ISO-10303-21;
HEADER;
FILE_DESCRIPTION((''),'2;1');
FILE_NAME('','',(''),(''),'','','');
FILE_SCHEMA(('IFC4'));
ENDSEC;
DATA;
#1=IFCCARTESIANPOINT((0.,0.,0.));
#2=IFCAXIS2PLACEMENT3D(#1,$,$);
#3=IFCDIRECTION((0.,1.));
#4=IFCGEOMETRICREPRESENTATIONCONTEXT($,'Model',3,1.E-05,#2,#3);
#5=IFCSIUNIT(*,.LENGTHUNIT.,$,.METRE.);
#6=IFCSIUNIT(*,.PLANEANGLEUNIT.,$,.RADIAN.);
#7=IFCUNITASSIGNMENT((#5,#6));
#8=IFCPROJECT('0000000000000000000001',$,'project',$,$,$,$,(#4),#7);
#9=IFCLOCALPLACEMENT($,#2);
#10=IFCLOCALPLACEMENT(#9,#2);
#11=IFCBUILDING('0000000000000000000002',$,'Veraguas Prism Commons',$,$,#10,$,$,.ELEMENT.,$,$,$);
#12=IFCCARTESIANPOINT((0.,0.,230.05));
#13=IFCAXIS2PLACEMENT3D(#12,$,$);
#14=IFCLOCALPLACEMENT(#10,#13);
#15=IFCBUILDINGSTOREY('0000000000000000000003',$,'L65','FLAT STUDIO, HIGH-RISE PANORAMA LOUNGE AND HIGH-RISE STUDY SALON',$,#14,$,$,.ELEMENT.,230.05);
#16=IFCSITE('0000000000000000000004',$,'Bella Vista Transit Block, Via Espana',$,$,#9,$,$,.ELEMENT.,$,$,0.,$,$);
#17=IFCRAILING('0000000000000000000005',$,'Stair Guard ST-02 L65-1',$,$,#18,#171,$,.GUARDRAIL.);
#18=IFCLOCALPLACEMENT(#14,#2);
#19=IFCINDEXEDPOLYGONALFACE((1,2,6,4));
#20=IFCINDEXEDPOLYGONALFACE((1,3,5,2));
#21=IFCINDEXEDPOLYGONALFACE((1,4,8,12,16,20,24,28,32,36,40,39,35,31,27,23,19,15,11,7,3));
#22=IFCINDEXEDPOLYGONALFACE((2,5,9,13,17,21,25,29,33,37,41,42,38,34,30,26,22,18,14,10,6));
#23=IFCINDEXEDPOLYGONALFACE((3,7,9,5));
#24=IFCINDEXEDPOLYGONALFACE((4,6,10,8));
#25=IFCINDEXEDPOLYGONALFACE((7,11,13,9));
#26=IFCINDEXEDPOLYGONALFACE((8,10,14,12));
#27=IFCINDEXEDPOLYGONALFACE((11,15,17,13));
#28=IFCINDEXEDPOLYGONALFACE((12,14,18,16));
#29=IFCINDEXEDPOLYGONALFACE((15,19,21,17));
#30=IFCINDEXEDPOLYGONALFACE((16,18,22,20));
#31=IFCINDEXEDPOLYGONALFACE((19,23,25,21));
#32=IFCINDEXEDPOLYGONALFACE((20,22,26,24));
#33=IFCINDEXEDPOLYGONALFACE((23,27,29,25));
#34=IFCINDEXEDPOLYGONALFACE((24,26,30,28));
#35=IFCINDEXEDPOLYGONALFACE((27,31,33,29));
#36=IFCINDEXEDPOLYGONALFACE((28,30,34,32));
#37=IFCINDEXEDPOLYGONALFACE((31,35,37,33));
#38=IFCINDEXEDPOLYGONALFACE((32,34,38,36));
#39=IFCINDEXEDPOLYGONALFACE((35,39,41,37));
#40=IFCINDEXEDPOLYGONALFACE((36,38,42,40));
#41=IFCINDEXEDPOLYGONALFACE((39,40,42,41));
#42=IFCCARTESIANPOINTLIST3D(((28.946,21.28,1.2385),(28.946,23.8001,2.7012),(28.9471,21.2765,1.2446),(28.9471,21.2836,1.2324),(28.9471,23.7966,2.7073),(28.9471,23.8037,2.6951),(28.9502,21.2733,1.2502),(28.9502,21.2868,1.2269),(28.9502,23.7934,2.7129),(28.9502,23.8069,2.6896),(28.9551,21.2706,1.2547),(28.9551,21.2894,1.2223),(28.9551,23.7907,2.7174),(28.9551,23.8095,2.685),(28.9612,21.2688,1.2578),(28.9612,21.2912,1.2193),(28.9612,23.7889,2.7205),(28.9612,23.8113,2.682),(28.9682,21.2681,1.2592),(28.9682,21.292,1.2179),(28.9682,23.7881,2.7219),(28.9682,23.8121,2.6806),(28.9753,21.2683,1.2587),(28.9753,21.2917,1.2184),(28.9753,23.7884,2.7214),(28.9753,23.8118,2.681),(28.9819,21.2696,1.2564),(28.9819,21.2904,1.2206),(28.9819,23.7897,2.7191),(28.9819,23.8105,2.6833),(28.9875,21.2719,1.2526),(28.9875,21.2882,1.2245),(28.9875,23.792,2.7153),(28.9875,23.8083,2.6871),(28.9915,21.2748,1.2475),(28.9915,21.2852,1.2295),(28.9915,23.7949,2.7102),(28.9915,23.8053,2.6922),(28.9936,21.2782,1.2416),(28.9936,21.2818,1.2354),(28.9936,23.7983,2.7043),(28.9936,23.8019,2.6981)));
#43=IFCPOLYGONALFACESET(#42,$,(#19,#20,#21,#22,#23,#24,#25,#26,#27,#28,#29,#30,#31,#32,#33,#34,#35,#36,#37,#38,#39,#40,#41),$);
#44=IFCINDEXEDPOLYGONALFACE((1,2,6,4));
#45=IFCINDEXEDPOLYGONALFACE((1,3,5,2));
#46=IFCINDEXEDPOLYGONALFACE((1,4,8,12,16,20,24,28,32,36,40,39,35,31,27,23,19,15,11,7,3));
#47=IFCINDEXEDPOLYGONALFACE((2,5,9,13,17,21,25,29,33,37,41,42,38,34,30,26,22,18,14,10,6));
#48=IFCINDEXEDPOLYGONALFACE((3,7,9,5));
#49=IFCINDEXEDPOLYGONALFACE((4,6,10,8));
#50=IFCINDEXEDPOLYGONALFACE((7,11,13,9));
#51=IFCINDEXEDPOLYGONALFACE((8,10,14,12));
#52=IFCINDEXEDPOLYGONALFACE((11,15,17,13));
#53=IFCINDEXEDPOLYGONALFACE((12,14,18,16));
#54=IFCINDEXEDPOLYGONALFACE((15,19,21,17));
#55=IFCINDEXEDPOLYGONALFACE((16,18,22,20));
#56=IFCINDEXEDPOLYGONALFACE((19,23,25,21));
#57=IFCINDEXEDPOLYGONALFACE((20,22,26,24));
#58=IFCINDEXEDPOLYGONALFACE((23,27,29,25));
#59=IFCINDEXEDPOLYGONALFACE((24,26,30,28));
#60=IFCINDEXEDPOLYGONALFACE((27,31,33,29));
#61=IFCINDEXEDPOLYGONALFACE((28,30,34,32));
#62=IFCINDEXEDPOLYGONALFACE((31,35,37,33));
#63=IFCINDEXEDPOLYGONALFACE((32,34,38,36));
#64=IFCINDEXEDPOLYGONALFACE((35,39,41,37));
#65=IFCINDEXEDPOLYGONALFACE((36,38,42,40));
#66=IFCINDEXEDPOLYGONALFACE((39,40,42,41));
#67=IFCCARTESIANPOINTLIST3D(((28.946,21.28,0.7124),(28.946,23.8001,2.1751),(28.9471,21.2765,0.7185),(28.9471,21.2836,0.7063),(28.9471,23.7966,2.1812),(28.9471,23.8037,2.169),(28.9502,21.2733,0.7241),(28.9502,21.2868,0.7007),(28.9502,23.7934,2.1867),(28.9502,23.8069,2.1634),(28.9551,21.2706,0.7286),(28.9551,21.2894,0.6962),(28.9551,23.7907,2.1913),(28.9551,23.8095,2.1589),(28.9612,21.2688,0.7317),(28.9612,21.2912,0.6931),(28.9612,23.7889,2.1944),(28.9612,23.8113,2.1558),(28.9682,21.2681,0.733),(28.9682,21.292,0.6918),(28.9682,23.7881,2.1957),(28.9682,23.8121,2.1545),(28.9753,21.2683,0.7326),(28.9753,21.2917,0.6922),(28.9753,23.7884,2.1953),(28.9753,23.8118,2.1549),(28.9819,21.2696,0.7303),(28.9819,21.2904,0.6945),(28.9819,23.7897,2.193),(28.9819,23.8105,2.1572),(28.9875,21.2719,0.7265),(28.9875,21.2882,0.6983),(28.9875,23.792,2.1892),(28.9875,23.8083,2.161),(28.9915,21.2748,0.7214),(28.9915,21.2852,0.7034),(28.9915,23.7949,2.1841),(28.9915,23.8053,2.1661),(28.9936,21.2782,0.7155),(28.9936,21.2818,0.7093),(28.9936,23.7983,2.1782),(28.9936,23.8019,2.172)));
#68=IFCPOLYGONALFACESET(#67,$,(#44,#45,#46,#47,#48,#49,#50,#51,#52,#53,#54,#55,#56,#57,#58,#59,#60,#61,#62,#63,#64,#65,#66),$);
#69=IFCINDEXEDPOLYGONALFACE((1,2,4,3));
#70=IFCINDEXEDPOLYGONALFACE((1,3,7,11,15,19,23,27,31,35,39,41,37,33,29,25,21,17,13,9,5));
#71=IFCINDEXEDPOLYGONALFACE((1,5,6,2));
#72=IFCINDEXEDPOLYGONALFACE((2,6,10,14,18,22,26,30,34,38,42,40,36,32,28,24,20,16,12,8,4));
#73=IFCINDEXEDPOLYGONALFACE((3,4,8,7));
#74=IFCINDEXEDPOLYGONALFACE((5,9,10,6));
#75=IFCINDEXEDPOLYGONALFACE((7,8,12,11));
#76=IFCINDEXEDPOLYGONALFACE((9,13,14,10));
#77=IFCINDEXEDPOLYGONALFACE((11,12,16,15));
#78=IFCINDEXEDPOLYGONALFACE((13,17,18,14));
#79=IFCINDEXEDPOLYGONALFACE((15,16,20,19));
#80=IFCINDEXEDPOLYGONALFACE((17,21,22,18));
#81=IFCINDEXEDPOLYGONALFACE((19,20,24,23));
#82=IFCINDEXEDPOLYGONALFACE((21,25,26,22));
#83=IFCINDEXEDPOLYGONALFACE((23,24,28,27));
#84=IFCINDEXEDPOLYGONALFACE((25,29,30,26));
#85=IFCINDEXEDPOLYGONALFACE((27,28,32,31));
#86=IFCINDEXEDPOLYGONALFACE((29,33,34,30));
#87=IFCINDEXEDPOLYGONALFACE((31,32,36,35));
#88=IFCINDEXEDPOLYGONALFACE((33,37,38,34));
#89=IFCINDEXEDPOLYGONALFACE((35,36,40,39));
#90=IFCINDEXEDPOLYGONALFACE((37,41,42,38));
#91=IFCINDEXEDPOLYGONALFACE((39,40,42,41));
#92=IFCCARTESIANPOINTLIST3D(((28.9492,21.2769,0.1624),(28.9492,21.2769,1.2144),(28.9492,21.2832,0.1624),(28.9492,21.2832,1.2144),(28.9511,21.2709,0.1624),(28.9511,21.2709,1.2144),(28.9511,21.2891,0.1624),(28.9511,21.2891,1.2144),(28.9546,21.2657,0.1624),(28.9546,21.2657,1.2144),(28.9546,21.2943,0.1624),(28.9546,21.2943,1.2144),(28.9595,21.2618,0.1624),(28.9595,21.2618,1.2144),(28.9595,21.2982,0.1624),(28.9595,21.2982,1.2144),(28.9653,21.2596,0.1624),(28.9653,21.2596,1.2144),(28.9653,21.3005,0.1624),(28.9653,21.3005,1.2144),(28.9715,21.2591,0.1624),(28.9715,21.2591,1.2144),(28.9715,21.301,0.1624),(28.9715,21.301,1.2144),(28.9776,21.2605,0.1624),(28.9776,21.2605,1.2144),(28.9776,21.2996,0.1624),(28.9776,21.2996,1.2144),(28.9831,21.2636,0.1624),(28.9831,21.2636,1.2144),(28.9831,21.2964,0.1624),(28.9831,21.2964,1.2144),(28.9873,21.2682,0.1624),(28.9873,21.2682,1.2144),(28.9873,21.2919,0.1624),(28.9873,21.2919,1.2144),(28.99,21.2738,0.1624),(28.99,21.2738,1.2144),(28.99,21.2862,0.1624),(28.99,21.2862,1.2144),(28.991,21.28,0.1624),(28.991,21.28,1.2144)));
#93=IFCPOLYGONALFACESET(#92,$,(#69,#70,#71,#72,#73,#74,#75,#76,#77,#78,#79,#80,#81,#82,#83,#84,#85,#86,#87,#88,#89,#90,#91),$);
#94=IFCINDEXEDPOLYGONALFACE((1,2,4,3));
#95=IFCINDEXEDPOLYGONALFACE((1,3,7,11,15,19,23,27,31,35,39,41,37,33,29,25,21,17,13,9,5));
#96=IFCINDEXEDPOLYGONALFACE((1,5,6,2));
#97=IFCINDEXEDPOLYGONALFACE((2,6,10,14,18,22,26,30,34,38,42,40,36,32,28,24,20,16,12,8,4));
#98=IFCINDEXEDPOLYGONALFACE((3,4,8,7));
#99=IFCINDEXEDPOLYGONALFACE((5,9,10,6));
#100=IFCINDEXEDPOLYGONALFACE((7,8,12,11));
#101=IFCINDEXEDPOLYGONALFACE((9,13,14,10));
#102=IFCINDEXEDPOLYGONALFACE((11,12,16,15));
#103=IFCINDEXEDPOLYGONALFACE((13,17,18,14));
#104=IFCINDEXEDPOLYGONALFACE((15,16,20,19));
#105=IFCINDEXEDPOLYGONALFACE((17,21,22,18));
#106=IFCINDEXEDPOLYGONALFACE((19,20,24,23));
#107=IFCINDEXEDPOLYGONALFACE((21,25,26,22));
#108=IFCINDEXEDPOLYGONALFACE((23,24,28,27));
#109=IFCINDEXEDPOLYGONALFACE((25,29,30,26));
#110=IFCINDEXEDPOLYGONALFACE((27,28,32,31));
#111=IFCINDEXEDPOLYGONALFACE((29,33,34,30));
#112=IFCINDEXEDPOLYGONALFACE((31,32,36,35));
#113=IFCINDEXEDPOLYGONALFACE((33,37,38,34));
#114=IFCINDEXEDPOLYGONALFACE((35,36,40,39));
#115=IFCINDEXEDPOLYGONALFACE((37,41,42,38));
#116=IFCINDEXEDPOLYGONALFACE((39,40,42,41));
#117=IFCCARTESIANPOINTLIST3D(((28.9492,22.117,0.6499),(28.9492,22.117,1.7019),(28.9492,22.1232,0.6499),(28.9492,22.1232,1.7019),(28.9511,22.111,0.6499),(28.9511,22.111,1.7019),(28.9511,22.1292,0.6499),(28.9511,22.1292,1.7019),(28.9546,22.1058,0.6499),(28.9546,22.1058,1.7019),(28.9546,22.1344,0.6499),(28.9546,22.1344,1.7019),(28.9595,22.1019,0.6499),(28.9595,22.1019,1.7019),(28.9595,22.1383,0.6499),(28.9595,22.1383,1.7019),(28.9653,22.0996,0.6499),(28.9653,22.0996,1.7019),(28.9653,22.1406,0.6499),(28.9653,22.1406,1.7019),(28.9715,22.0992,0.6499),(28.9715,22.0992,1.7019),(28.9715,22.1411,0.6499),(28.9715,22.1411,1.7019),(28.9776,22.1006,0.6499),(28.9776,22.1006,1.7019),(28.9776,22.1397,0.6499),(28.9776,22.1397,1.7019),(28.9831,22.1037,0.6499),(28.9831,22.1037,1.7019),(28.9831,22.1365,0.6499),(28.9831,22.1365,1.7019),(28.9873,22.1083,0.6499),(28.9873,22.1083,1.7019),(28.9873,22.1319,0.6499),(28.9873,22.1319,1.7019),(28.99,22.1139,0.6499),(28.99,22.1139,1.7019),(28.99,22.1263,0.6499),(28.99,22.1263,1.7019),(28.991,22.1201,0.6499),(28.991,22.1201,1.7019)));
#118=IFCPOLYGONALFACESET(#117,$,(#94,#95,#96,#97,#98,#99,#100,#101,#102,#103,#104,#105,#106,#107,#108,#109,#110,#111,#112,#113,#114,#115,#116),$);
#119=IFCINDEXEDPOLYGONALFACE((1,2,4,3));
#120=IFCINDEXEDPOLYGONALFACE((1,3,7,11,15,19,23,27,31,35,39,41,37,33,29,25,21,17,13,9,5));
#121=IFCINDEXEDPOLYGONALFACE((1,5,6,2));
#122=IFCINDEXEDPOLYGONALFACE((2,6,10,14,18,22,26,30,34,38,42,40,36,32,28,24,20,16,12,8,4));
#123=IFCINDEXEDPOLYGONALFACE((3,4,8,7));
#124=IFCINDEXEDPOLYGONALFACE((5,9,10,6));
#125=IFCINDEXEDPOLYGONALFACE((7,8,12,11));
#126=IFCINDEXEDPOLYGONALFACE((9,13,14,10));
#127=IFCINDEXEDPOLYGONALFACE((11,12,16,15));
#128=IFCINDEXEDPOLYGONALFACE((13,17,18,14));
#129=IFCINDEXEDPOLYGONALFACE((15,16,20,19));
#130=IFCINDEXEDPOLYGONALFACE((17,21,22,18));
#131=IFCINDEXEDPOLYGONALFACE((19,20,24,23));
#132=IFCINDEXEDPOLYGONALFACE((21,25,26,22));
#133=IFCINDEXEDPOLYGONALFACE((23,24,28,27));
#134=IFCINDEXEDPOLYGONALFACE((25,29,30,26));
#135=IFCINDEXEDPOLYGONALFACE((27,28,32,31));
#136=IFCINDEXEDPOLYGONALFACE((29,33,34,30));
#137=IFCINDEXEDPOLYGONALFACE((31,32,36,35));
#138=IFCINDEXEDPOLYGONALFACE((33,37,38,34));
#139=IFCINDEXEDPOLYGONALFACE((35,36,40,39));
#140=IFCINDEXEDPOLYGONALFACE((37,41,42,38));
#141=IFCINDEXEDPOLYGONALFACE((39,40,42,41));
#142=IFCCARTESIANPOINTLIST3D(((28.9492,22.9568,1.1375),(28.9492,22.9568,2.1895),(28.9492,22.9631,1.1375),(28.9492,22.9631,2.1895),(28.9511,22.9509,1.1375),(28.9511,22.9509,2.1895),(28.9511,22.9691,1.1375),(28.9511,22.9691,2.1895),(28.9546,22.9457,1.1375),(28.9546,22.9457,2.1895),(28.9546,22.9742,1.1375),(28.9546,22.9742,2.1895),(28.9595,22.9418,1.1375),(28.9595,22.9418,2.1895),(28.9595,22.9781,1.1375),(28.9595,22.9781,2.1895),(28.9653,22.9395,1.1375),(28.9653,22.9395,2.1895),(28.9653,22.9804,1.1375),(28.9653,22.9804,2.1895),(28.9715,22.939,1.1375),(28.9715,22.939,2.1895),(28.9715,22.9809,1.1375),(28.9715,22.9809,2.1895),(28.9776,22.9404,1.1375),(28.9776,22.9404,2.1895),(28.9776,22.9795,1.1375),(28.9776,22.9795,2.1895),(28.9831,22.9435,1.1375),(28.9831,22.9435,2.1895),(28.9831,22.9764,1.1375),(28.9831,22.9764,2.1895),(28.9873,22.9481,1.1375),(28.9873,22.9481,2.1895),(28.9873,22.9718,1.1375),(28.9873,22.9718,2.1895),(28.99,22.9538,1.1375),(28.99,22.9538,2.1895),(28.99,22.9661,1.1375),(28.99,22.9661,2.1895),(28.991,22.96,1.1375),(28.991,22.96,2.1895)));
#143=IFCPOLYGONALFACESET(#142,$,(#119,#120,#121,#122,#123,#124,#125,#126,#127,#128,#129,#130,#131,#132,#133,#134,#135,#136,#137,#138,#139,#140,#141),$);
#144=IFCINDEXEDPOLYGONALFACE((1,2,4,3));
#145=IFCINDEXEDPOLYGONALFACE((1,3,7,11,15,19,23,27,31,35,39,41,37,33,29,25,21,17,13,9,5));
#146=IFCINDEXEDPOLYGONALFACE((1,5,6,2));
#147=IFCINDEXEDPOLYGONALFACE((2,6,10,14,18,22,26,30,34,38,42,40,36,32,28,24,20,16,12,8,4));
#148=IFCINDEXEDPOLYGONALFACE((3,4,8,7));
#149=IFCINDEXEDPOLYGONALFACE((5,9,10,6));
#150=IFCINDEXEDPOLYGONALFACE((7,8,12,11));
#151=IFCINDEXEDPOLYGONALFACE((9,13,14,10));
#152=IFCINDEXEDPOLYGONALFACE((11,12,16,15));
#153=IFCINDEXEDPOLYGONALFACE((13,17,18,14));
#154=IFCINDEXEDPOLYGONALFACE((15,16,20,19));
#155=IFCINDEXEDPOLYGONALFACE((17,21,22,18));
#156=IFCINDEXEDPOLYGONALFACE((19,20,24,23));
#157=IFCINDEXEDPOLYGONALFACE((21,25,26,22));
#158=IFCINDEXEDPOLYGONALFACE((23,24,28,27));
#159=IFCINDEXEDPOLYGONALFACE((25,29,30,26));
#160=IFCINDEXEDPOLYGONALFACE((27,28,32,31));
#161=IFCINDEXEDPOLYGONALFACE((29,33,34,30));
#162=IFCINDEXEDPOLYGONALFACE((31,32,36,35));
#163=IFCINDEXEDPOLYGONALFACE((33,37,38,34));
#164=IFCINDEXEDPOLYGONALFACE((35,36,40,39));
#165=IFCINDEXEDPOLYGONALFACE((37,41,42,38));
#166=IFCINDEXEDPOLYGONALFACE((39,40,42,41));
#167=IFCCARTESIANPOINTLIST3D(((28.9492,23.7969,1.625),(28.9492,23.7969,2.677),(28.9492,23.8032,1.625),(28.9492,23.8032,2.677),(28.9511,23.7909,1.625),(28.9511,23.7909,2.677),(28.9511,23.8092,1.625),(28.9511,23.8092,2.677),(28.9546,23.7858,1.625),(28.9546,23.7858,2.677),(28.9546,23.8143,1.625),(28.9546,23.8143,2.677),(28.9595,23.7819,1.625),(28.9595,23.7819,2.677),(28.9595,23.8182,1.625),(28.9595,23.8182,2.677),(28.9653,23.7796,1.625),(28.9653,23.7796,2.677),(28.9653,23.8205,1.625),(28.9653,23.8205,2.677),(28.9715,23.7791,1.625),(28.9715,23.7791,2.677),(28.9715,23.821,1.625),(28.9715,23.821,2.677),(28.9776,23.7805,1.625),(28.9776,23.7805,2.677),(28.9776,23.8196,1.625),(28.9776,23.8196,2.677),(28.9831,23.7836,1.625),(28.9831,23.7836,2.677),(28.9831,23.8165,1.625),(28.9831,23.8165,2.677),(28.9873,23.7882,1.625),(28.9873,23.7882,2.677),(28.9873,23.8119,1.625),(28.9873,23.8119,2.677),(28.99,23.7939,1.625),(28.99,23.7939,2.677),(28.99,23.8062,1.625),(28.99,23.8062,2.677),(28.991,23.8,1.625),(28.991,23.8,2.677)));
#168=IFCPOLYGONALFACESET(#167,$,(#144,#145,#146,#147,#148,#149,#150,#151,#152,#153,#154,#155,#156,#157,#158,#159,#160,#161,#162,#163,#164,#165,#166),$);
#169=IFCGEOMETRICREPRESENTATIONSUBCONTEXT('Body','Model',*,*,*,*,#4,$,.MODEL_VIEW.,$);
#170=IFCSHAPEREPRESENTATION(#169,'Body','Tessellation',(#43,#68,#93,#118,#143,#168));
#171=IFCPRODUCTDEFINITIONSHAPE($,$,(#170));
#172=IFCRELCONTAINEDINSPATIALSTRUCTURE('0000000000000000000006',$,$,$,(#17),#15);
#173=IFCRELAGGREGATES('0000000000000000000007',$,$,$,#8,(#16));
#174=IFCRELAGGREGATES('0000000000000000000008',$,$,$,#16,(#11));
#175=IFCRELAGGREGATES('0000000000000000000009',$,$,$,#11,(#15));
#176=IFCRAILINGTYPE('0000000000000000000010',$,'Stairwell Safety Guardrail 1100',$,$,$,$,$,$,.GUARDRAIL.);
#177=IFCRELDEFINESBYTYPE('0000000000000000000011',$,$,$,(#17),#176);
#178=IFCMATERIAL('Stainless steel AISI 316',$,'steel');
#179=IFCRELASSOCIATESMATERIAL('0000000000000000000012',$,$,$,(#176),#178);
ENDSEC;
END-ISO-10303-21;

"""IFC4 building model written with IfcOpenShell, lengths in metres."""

from ifc_helpers import new_model, si_unit, direction, frame, origin, origin_2d, place, context, subcontext, project, spatial, circle, extrude, material, type_object, element, save


model = new_model("IFC4")

# Units and contexts
model_context = context("Model", 3, precision=1e-05, world=origin(), true_north=direction((0.0, 1.0)))
body_context = subcontext(model_context, "Body", "Model", "MODEL_VIEW")
ifc_project = project(units=[si_unit("LENGTHUNIT", "METRE"), si_unit("PLANEANGLEUNIT", "RADIAN")], contexts=[model_context])

# Site, building, storey
site_placement = place(None, origin())
site = spatial("IfcSite", under=ifc_project, at=site_placement, Name="Bella Vista Transit Block, Via Espana", CompositionType="ELEMENT", RefElevation=0.0)
building_placement = place(site_placement, origin())
building = spatial("IfcBuilding", under=site, at=building_placement, Name="Veraguas Prism Commons", CompositionType="ELEMENT")
storey_placement = place(building_placement, frame((0.0, 0.0, 230.05)))
storey = spatial("IfcBuildingStorey", under=building, at=storey_placement, Name="L65", Description="FLAT STUDIO, HIGH-RISE PANORAMA LOUNGE AND HIGH-RISE STUDY SALON", CompositionType="ELEMENT", Elevation=230.05)

# Shared definitions
ifc_material_1 = material(Name="Stainless steel AISI 316", Category="steel")

# Railing
railing_type_1 = type_object("IfcRailingType", Name="Stairwell Safety Guardrail 1100", PredefinedType="GUARDRAIL", material=ifc_material_1)
railing_1_placement = place(storey_placement, frame((28.97, 21.28, 0.1624)))
element("IfcRailing", 1, at=railing_1_placement, inside=storey, type_object=railing_type_1, Name="Stair Guard ST-02 L65-1", PredefinedType="GUARDRAIL", context=body_context, shape_type="SweptSolid", body=[
    extrude(circle(Radius=0.0239, at=origin_2d()), frame((0.0, 0.0, 1.0762), z_axis=(0.0, 0.864877, 0.501984), x_axis=(-1.0, 0.0, 0.0)), (0.0, 0.0, 1.0), 2.9138),
    extrude(circle(Radius=0.0239, at=origin_2d()), frame((0.0, 0.0, 0.55), z_axis=(0.0, 0.864877, 0.501984), x_axis=(-1.0, 0.0, 0.0)), (0.0, 0.0, 1.0), 2.9138),
    extrude(circle(Radius=0.021, at=origin_2d()), origin(), (0.0, 0.0, 1.0), 1.052),
    extrude(circle(Radius=0.021, at=origin_2d()), frame((0.0, 0.8401, 0.4875)), (0.0, 0.0, 1.0), 1.052),
    extrude(circle(Radius=0.021, at=origin_2d()), frame((0.0, 1.6799, 0.9751)), (0.0, 0.0, 1.0), 1.052),
    extrude(circle(Radius=0.021, at=origin_2d()), frame((0.0, 2.52, 1.4626)), (0.0, 0.0, 1.0), 1.052),
])

save(model, "model.ifc")
